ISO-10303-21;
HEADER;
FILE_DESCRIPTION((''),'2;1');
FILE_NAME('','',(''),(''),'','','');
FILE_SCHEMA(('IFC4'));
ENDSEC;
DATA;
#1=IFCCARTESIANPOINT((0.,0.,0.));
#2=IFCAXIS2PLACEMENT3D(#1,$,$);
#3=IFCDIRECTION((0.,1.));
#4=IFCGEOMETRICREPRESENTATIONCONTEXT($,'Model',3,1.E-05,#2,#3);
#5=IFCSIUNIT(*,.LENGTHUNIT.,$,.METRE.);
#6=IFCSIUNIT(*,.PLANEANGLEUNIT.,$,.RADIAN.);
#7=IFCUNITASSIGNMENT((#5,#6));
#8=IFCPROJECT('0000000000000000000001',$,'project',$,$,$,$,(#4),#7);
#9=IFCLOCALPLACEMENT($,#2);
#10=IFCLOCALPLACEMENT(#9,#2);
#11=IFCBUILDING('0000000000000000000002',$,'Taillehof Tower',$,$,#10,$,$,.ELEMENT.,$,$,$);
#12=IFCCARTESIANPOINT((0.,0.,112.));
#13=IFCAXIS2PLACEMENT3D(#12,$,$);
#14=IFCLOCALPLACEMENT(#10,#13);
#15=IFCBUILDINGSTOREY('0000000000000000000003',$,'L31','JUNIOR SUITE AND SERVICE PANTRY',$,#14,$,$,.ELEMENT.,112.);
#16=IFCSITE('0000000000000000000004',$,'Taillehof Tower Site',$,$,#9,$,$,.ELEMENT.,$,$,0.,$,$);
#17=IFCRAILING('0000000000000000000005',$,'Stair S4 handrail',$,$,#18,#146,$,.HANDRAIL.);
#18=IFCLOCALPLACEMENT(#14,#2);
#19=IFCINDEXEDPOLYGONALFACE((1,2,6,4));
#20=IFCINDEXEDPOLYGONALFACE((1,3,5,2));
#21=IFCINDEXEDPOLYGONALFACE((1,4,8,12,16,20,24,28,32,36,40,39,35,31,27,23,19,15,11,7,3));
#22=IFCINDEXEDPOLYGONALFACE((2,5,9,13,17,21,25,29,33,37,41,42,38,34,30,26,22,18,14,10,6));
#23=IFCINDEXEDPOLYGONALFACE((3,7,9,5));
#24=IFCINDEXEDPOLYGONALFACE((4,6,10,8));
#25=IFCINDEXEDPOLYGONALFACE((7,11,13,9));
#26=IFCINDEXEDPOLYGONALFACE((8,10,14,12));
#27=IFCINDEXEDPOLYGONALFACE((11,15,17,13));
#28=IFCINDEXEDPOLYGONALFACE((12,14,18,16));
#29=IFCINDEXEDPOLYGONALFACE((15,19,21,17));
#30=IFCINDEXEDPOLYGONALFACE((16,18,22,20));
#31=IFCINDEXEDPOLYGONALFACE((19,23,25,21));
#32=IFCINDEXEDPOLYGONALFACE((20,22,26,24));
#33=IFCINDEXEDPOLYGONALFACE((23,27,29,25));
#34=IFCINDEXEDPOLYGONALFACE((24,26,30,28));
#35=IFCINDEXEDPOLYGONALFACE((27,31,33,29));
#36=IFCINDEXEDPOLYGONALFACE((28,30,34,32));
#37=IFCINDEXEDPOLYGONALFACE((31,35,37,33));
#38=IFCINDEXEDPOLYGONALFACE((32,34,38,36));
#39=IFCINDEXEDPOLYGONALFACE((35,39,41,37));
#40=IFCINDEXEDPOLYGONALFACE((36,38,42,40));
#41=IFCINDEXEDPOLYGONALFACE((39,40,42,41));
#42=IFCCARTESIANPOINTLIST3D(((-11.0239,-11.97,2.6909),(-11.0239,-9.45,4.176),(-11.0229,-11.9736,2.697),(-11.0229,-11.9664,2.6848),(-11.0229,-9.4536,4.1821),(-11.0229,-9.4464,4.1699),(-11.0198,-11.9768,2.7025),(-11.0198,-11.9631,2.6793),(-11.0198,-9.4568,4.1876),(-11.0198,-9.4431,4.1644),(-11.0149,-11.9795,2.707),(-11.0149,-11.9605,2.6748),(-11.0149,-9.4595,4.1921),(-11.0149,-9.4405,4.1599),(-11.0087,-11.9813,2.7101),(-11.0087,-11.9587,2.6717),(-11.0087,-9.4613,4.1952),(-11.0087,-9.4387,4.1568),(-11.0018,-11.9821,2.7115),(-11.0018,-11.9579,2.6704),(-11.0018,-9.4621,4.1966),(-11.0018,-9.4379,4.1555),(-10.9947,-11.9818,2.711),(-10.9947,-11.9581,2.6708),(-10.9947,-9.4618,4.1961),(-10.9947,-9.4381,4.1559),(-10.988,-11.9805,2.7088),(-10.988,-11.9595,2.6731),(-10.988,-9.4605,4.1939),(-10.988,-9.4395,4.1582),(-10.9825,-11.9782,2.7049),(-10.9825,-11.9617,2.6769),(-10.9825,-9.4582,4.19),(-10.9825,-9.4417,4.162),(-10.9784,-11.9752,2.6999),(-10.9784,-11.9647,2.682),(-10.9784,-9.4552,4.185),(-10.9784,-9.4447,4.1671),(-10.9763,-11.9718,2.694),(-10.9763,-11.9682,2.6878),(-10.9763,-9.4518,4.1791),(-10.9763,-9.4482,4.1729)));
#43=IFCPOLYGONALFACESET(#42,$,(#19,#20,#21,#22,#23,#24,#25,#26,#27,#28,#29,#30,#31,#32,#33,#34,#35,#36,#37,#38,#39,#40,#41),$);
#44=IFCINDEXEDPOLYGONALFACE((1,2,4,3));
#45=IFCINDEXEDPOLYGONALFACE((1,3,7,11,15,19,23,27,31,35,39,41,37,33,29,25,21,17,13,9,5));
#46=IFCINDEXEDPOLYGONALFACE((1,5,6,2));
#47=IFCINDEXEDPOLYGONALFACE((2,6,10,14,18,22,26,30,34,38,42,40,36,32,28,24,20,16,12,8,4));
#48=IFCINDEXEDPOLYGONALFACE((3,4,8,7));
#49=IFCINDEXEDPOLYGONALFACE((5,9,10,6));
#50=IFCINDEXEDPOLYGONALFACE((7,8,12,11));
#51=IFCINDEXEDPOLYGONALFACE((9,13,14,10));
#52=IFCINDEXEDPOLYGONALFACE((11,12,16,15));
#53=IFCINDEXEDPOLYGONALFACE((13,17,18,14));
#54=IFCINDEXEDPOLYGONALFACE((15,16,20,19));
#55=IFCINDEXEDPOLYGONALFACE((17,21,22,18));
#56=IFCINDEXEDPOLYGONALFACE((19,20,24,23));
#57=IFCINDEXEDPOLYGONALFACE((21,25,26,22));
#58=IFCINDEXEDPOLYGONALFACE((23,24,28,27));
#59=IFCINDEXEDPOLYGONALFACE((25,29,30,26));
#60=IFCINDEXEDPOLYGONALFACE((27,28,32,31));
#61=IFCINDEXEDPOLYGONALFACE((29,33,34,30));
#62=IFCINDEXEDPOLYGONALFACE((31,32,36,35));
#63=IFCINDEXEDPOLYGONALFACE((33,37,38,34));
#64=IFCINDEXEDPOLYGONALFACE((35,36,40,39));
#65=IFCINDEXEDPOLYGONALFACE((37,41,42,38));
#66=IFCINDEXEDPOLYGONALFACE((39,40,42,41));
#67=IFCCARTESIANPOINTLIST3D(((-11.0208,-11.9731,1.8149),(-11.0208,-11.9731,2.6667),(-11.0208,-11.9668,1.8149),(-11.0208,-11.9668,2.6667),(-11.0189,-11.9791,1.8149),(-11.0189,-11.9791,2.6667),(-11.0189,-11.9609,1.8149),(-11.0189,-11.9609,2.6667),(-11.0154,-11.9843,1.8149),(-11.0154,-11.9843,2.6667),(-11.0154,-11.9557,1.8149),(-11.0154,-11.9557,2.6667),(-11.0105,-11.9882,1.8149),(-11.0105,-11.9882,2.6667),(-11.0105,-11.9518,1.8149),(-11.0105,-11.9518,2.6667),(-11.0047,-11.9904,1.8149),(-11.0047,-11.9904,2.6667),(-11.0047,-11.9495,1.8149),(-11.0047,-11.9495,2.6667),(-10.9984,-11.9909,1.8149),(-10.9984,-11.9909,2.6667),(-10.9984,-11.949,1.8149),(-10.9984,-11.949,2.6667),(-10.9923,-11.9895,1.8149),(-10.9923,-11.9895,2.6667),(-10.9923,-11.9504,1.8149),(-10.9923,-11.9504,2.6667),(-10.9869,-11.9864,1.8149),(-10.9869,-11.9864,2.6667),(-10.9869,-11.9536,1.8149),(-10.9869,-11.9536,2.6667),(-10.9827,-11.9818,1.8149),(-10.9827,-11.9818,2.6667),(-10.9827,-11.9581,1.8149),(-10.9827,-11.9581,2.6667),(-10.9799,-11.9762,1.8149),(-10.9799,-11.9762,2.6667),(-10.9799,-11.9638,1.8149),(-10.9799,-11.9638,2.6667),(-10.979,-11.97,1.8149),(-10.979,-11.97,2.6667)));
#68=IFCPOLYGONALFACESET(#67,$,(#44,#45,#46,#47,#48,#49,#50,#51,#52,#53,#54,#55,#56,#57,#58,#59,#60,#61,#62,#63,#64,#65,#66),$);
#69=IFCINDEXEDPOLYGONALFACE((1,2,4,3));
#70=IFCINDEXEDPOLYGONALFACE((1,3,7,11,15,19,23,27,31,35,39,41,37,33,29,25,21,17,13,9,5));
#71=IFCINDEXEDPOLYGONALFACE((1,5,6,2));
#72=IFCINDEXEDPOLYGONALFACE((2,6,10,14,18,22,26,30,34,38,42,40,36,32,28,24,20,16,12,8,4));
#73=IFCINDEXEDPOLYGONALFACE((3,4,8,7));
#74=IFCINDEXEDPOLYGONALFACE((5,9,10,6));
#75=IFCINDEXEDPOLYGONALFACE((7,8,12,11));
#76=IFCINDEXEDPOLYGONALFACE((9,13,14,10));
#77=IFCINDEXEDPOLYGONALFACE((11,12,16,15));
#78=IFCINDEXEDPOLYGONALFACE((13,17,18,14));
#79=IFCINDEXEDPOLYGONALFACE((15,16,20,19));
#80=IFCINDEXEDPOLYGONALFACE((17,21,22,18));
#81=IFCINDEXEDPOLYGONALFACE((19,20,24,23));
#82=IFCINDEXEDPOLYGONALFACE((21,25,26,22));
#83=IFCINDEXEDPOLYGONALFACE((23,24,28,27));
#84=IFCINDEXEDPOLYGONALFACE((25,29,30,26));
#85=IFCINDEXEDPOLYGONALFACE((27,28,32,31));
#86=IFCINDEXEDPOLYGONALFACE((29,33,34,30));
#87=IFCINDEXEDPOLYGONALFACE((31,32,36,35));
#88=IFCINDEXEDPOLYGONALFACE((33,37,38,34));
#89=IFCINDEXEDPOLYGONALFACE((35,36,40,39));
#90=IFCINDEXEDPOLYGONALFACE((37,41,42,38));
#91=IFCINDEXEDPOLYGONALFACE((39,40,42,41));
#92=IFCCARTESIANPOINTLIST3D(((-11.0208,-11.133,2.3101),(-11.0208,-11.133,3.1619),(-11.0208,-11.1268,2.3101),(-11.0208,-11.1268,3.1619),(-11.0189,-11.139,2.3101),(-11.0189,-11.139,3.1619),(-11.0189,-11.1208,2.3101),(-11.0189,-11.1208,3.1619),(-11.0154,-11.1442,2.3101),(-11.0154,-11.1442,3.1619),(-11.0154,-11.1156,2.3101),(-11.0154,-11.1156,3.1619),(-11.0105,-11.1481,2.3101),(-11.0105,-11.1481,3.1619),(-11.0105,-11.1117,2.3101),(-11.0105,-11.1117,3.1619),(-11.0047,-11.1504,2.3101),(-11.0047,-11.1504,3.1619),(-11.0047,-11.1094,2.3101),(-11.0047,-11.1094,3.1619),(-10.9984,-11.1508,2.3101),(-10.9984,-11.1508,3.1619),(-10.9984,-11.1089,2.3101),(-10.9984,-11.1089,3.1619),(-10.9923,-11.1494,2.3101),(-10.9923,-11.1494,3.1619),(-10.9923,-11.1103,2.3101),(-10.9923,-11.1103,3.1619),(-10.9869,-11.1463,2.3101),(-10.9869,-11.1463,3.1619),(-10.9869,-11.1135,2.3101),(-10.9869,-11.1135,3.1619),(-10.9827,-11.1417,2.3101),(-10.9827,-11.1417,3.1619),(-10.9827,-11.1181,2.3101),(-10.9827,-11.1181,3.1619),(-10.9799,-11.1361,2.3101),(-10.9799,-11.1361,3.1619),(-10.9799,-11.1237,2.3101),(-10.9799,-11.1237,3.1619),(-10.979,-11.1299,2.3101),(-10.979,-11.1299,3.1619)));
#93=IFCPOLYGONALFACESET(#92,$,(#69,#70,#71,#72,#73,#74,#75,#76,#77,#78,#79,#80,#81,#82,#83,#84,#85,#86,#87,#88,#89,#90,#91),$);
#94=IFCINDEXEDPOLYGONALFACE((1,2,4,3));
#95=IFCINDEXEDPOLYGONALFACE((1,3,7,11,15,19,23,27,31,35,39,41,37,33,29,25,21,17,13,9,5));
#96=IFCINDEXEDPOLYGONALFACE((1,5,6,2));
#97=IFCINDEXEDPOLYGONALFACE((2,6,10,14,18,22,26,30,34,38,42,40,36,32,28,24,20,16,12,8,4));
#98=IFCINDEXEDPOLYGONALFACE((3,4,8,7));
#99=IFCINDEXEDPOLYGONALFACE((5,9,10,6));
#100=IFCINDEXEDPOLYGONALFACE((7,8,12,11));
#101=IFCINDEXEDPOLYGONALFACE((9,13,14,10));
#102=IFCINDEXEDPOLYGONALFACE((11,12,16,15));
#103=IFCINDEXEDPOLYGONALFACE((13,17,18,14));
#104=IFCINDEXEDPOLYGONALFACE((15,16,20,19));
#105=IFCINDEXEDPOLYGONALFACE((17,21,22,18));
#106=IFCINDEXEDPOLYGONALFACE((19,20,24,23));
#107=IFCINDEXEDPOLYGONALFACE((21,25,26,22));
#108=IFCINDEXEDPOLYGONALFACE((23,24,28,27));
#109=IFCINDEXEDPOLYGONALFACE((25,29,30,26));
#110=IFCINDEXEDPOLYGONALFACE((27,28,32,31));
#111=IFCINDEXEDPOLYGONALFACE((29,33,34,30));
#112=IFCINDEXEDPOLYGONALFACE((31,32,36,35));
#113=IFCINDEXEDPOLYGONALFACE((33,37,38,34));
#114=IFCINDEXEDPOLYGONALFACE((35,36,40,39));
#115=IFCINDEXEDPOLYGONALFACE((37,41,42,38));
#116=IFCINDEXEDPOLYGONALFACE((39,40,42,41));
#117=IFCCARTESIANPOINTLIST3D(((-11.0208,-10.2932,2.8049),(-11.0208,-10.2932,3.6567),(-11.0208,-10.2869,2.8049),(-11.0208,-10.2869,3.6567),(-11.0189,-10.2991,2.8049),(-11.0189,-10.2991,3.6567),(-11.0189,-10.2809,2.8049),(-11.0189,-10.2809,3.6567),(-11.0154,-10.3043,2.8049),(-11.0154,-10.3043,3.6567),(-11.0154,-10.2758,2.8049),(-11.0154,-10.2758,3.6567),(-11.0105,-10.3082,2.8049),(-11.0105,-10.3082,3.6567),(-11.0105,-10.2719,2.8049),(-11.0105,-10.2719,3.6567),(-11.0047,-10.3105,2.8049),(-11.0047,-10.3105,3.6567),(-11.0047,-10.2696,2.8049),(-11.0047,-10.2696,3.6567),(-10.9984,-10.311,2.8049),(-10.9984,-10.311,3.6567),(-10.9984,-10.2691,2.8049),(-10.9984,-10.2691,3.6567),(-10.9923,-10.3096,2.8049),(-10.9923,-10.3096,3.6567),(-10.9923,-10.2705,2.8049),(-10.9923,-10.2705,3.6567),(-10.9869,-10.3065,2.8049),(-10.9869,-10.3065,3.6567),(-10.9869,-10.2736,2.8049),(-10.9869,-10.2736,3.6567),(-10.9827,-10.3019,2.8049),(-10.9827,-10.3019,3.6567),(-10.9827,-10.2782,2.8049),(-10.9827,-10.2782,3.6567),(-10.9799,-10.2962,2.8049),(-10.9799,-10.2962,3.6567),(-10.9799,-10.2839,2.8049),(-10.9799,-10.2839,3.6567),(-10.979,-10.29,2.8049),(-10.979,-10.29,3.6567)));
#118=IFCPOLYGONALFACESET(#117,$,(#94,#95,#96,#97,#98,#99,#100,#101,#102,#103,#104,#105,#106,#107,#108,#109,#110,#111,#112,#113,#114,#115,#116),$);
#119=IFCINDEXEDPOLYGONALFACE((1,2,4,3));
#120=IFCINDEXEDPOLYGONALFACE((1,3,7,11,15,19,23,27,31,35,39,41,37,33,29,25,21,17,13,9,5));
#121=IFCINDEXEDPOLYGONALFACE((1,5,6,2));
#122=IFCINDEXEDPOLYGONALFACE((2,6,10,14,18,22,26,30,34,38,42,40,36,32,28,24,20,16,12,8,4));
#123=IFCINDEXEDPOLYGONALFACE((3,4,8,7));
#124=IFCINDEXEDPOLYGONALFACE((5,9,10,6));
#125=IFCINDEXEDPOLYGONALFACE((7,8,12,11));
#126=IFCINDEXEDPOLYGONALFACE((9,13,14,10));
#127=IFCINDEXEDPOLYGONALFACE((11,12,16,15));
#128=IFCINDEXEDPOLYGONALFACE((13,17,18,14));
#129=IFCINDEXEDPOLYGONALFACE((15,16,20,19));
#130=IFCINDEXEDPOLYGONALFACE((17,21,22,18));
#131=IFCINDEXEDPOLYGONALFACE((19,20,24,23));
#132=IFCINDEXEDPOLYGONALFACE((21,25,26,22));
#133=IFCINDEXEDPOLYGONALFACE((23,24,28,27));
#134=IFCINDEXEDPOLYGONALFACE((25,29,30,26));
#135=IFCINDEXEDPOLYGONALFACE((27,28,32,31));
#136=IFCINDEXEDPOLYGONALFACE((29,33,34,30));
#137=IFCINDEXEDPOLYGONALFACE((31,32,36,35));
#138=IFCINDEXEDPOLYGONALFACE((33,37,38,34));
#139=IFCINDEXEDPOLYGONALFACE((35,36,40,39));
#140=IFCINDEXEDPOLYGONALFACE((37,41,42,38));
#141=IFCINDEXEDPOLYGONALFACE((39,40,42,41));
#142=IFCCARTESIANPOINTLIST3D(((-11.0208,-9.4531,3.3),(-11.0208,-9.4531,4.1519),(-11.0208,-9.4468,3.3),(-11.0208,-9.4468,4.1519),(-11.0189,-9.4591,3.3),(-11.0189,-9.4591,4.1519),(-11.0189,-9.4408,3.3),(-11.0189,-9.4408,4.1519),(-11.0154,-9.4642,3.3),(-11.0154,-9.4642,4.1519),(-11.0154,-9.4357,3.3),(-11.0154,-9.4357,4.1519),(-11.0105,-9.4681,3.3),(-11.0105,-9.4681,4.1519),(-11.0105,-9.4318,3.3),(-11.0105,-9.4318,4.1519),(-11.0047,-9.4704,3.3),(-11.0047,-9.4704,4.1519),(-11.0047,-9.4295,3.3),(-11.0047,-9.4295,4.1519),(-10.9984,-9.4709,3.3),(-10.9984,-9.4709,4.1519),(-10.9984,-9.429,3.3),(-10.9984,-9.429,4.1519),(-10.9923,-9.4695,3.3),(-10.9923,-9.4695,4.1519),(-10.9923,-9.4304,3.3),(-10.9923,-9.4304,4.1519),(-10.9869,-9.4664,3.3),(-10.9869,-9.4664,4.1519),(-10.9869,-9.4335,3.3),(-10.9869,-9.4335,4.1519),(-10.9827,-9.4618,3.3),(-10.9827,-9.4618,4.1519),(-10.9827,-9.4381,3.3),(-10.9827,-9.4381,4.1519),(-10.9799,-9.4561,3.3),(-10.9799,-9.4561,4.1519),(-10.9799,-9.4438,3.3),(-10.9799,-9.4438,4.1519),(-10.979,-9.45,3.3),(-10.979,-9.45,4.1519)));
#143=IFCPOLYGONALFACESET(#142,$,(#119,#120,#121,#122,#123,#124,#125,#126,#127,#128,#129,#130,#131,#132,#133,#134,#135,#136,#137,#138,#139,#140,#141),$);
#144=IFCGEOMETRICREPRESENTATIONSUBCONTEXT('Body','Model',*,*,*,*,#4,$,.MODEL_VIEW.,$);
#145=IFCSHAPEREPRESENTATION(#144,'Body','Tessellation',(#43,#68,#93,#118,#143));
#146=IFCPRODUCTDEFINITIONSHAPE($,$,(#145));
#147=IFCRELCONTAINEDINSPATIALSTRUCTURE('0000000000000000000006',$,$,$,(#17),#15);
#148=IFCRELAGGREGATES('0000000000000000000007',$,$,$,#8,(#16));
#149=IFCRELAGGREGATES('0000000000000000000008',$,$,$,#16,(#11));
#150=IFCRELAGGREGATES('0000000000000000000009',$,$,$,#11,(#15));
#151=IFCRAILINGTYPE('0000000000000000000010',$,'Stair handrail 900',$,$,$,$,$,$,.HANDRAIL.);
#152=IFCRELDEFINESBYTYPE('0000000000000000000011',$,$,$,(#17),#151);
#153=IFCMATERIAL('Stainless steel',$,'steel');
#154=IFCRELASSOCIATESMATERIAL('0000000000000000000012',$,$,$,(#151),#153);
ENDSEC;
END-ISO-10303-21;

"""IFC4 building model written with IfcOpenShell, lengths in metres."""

from ifc_helpers import new_model, si_unit, direction, frame, origin, origin_2d, place, context, subcontext, project, spatial, circle, extrude, material, type_object, element, save


model = new_model("IFC4")

# Units and contexts
model_context = context("Model", 3, precision=1e-05, world=origin(), true_north=direction((0.0, 1.0)))
body_context = subcontext(model_context, "Body", "Model", "MODEL_VIEW")
ifc_project = project(units=[si_unit("LENGTHUNIT", "METRE"), si_unit("PLANEANGLEUNIT", "RADIAN")], contexts=[model_context])

# Site, building, storey
site_placement = place(None, origin())
site = spatial("IfcSite", under=ifc_project, at=site_placement, Name="Taillehof Tower Site", CompositionType="ELEMENT", RefElevation=0.0)
building_placement = place(site_placement, origin())
building = spatial("IfcBuilding", under=site, at=building_placement, Name="Taillehof Tower", CompositionType="ELEMENT")
storey_placement = place(building_placement, frame((0.0, 0.0, 112.0)))
storey = spatial("IfcBuildingStorey", under=building, at=storey_placement, Name="L31", Description="JUNIOR SUITE AND SERVICE PANTRY", CompositionType="ELEMENT", Elevation=112.0)

# Railing
ifc_material_1 = material(Name="Stainless steel", Category="steel")
railing_type = type_object("IfcRailingType", Name="Stair handrail 900", PredefinedType="HANDRAIL", material=ifc_material_1)
railing_placement = place(storey_placement, frame((-11.0, -11.97, 1.8149)))
element("IfcRailing", 1, at=railing_placement, inside=storey, type_object=railing_type, Name="Stair S4 handrail", PredefinedType="HANDRAIL", context=body_context, shape_type="SweptSolid", body=[
    extrude(circle(Radius=0.0239, at=origin_2d()), frame((0.0, 0.0, 0.876), z_axis=(0.0, 0.861524, 0.507717), x_axis=(-1.0, 0.0, 0.0)), (0.0, 0.0, 1.0), 2.925),
    extrude(circle(Radius=0.021, at=origin_2d()), origin(), (0.0, 0.0, 1.0), 0.8518),
    extrude(circle(Radius=0.021, at=origin_2d()), frame((0.0, 0.8401, 0.4951)), (0.0, 0.0, 1.0), 0.8518),
    extrude(circle(Radius=0.021, at=origin_2d()), frame((0.0, 1.6799, 0.99)), (0.0, 0.0, 1.0), 0.8518),
    extrude(circle(Radius=0.021, at=origin_2d()), frame((0.0, 2.52, 1.4851)), (0.0, 0.0, 1.0), 0.8518),
])

save(model, "model.ifc")
